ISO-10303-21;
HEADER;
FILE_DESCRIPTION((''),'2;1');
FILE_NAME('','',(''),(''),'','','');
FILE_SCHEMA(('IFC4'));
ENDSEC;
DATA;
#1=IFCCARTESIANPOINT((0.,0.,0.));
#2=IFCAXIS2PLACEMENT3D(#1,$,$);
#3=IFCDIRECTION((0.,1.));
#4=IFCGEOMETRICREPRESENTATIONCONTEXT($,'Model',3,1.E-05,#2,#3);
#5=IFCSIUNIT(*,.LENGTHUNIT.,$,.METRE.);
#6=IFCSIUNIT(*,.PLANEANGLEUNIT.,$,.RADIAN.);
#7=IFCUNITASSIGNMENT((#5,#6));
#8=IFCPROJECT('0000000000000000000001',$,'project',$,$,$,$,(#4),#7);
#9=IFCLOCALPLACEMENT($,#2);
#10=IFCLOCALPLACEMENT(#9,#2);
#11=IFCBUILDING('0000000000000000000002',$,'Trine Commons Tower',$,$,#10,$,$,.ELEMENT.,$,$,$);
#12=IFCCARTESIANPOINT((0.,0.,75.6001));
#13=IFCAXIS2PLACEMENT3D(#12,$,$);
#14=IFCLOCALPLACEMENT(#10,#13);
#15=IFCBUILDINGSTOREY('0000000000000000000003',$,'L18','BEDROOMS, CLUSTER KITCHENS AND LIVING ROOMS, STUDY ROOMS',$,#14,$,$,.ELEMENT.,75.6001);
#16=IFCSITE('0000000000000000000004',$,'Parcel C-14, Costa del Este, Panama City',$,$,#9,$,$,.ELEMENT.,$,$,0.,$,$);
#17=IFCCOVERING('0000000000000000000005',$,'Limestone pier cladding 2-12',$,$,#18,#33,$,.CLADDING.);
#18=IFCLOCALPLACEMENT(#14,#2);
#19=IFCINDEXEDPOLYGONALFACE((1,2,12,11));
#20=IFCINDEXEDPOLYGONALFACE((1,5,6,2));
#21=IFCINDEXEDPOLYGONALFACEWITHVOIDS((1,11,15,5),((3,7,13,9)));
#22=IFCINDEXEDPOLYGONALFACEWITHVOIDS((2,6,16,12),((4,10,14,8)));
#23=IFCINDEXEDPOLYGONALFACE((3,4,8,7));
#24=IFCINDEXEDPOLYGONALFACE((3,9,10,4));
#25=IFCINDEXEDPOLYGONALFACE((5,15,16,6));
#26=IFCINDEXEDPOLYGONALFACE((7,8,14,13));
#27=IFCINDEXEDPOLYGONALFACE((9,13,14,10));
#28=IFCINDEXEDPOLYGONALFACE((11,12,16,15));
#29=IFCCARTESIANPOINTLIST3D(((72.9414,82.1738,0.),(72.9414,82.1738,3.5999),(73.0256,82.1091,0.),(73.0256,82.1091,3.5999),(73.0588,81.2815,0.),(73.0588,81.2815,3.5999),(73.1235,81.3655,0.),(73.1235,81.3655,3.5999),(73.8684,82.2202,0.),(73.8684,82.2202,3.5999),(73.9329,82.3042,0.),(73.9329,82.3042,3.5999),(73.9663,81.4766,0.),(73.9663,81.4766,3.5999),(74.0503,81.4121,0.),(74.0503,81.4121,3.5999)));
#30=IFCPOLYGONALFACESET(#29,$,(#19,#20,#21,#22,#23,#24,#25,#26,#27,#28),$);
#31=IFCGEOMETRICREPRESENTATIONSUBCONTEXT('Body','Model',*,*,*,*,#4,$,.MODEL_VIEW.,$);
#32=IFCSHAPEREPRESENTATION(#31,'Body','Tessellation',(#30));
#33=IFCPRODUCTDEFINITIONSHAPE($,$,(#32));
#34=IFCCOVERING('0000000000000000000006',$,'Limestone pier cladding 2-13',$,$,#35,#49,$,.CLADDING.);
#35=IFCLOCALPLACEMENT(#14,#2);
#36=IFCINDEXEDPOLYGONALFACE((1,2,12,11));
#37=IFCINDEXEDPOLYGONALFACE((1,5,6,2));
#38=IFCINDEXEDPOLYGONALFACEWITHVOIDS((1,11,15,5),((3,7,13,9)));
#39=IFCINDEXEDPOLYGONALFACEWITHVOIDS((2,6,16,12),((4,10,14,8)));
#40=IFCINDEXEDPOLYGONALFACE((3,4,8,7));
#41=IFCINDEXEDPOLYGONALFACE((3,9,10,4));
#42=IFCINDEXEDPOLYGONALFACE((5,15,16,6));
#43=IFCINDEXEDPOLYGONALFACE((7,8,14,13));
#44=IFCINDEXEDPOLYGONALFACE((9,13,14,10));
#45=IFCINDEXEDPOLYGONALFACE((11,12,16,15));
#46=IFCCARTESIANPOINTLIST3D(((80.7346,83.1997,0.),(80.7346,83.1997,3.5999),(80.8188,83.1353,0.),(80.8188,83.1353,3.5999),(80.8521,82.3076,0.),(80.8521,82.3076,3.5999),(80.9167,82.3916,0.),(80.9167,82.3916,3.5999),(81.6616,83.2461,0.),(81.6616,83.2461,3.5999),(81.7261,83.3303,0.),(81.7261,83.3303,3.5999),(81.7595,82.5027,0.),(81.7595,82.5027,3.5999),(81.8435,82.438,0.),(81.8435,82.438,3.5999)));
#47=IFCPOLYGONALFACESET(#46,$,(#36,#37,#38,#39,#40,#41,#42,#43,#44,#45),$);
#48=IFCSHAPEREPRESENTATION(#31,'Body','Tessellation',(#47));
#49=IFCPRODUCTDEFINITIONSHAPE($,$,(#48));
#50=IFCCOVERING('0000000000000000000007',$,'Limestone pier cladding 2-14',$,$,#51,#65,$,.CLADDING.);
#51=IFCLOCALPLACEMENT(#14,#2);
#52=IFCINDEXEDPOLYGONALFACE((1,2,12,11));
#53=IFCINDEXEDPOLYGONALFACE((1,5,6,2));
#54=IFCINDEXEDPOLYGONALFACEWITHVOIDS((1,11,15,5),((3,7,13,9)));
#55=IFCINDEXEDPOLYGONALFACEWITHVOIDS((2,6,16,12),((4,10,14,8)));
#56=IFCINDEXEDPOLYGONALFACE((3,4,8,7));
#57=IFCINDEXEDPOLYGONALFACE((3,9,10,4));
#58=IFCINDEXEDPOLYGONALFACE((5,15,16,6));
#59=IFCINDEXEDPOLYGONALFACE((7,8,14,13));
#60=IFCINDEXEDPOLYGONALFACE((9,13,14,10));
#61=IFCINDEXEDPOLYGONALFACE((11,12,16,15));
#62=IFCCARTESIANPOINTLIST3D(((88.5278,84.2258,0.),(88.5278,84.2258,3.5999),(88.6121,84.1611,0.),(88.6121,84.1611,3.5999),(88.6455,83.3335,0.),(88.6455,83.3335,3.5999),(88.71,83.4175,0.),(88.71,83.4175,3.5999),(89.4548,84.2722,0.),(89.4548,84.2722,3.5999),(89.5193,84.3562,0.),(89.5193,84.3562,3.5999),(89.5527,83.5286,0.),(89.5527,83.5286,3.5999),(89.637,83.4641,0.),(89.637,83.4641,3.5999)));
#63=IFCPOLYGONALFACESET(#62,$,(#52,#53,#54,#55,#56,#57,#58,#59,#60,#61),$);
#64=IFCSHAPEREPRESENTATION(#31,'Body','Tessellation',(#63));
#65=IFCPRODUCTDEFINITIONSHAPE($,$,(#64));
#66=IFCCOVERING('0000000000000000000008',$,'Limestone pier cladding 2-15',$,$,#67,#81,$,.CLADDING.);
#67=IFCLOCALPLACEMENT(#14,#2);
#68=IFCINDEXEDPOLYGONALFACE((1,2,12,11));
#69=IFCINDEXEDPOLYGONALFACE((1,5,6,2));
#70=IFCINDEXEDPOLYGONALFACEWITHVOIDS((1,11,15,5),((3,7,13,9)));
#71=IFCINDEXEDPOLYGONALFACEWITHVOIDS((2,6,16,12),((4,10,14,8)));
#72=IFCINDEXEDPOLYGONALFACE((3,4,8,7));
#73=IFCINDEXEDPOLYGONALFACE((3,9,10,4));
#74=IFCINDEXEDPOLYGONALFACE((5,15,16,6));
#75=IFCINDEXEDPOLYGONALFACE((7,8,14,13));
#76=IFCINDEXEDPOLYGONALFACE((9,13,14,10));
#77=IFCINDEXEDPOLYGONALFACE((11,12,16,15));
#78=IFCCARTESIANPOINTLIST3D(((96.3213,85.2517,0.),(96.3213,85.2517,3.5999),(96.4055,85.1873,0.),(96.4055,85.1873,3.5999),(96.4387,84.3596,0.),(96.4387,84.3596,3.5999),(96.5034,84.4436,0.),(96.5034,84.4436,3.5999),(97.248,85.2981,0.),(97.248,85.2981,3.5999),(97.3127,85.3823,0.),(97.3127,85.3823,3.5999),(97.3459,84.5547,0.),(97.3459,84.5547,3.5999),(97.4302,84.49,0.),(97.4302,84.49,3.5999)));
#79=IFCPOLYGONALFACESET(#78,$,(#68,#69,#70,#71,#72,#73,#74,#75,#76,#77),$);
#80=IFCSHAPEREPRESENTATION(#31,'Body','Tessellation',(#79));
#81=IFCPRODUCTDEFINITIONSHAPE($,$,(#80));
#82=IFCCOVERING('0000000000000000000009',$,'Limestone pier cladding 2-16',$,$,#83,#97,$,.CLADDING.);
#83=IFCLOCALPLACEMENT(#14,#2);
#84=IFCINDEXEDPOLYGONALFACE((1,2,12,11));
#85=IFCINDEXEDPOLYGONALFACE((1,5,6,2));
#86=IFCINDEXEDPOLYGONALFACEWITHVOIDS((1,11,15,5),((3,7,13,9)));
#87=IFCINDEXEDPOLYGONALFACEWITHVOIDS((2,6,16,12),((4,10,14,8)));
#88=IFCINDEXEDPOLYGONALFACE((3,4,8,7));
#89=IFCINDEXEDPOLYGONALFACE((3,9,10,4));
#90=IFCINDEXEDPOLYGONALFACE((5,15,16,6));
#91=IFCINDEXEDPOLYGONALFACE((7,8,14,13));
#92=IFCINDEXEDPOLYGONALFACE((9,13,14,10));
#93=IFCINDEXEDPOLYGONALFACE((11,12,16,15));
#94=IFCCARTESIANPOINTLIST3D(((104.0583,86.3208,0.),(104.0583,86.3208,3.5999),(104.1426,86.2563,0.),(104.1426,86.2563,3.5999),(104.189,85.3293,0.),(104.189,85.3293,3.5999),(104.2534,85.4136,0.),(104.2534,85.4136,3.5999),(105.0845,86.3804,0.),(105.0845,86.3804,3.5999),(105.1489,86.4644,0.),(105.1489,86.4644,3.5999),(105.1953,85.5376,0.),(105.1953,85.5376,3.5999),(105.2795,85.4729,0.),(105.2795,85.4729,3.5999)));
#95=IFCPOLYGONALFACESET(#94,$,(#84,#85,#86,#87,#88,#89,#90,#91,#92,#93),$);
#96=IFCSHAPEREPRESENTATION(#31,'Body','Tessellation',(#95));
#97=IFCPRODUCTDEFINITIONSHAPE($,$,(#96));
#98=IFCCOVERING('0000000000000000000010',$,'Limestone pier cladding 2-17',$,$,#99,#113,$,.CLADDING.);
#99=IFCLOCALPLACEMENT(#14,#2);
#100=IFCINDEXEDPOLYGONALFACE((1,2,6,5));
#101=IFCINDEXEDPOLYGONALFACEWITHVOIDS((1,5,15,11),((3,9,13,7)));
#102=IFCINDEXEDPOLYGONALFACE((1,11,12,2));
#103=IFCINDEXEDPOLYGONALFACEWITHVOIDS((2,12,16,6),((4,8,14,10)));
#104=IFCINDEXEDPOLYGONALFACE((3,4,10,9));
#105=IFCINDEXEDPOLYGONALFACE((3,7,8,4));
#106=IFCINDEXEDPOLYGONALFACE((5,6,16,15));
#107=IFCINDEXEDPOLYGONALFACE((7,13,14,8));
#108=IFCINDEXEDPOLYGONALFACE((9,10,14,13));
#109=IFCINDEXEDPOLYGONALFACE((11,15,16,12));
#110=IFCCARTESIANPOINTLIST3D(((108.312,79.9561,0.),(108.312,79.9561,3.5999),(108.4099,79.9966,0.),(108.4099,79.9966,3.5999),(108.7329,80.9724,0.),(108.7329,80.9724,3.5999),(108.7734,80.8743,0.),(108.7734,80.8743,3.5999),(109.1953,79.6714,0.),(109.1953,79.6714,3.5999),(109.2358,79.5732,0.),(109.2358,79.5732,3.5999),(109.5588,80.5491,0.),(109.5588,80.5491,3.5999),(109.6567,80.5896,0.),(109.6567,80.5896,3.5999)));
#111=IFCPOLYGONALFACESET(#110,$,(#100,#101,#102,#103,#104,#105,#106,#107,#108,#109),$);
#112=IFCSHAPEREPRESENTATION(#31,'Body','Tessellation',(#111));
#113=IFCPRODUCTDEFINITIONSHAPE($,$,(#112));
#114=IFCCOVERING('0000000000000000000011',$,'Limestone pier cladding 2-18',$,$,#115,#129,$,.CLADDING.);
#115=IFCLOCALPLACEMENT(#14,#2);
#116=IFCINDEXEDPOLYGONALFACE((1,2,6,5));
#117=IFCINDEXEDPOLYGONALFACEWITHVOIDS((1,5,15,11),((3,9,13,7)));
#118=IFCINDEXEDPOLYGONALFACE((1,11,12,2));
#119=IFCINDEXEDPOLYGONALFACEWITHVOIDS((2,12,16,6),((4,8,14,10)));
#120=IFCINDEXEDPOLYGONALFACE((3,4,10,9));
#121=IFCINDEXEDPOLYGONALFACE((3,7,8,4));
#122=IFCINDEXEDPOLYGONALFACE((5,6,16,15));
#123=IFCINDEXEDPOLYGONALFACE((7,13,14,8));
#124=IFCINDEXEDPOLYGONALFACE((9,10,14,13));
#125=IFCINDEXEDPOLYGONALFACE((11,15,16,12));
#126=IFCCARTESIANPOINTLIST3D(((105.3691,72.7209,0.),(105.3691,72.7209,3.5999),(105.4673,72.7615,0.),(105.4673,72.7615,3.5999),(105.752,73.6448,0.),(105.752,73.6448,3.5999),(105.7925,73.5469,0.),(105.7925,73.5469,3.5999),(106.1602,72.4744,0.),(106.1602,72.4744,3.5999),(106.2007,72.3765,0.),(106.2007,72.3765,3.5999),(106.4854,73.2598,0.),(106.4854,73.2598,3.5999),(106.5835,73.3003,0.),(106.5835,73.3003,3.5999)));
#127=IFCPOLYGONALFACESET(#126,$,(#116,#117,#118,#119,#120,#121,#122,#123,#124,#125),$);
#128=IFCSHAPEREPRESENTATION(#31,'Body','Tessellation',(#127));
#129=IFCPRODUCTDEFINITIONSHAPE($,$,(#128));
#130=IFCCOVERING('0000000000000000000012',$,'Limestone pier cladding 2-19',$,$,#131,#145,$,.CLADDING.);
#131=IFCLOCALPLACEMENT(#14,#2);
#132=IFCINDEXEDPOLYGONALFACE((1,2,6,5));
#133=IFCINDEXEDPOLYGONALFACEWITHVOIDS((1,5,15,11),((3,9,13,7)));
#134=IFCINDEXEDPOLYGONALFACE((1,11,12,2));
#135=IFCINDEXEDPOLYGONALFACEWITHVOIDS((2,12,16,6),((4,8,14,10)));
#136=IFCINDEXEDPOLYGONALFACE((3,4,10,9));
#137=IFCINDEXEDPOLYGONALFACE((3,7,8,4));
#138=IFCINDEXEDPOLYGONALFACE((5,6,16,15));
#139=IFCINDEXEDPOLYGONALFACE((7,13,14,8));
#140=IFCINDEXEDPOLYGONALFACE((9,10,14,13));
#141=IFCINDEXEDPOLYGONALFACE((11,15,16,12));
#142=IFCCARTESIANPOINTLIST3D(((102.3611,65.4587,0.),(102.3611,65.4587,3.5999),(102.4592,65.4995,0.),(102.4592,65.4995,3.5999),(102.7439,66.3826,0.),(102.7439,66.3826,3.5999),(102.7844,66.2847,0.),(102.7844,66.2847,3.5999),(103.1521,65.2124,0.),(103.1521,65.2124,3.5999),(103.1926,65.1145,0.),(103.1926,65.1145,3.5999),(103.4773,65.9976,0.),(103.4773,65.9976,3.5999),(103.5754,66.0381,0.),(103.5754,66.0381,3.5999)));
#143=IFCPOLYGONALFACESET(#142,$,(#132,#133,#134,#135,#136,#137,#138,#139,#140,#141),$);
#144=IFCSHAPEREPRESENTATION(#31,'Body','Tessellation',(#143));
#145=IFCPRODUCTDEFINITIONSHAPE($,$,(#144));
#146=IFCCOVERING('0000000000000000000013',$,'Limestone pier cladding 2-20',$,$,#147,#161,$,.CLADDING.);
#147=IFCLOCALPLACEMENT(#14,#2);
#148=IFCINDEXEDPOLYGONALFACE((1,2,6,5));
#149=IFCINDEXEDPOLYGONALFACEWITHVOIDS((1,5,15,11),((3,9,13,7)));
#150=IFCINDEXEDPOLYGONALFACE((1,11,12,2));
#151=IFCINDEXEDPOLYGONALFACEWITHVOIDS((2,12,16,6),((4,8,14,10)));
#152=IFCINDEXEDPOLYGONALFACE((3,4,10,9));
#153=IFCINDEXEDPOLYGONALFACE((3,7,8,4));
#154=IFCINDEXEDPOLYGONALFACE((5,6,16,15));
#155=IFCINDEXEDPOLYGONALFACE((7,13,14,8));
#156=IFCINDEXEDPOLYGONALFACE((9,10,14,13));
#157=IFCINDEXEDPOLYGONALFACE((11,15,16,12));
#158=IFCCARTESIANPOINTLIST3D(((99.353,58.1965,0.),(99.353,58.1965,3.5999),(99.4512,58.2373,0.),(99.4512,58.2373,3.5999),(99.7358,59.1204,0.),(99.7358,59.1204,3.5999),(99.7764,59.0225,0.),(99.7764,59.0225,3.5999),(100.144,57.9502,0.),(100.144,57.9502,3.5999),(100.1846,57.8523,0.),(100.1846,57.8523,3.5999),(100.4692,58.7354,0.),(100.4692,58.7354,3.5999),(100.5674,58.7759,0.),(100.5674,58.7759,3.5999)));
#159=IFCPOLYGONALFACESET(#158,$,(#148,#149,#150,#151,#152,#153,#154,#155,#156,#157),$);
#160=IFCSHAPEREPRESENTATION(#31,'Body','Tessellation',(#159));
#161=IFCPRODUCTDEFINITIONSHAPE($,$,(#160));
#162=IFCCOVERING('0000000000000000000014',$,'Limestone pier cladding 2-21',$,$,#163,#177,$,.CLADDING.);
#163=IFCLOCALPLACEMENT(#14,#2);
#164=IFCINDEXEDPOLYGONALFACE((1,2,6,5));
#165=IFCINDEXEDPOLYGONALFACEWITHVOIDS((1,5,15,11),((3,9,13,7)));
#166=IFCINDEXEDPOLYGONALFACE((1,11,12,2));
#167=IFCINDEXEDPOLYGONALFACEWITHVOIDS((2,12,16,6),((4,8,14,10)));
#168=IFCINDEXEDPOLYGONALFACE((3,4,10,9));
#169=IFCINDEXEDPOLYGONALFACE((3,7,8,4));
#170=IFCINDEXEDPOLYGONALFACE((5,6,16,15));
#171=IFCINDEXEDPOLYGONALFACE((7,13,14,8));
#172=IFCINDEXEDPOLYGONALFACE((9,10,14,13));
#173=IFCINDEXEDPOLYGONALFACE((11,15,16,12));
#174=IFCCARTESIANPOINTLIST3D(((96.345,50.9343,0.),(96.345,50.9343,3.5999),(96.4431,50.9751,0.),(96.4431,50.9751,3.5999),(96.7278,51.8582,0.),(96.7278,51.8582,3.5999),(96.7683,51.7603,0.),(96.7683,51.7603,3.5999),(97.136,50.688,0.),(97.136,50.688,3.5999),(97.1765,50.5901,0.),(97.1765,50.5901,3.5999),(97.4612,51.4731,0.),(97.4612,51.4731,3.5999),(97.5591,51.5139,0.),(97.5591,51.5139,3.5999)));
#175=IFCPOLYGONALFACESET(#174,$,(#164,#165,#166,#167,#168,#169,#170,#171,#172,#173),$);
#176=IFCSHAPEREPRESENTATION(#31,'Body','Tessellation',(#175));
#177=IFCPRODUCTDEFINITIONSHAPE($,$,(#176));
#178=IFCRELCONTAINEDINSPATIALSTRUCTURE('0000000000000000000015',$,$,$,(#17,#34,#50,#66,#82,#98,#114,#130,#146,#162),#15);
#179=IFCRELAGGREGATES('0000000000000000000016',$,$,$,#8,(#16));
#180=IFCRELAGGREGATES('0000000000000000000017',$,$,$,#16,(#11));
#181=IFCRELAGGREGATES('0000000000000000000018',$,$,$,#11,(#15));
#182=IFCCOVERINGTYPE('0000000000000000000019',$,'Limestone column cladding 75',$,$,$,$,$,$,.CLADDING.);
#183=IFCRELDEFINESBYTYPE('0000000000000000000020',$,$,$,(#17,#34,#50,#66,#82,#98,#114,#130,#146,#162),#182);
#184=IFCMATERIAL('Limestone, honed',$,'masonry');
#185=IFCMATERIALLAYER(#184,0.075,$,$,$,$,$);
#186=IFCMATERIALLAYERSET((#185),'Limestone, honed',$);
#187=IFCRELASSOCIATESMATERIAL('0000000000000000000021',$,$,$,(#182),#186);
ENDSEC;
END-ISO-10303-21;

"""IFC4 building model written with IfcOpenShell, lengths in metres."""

from ifc_helpers import new_model, si_unit, direction, frame, origin, place, context, subcontext, project, spatial, polyline, outline, extrude, material, layer, layer_set, type_object, element, save


model = new_model("IFC4")

# Units and contexts
model_context = context("Model", 3, precision=1e-05, world=origin(), true_north=direction((0.0, 1.0)))
body_context = subcontext(model_context, "Body", "Model", "MODEL_VIEW")
ifc_project = project(units=[si_unit("LENGTHUNIT", "METRE"), si_unit("PLANEANGLEUNIT", "RADIAN")], contexts=[model_context])

# Site, building, storey
site_placement = place(None, origin())
site = spatial("IfcSite", under=ifc_project, at=site_placement, Name="Parcel C-14, Costa del Este, Panama City", CompositionType="ELEMENT", RefElevation=0.0)
building_placement = place(site_placement, origin())
building = spatial("IfcBuilding", under=site, at=building_placement, Name="Trine Commons Tower", CompositionType="ELEMENT")
storey_placement = place(building_placement, frame((0.0, 0.0, 75.6001)))
storey = spatial("IfcBuildingStorey", under=building, at=storey_placement, Name="L18", Description="BEDROOMS, CLUSTER KITCHENS AND LIVING ROOMS, STUDY ROOMS", CompositionType="ELEMENT", Elevation=75.6001)

# Coverings
ifc_material_1 = material(Name="Limestone, honed", Category="masonry")
ifc_layer_1 = layer(ifc_material_1, 0.075)
ifc_layer_set_1 = layer_set([ifc_layer_1], Name="Limestone, honed")
covering_type_1 = type_object("IfcCoveringType", Name="Limestone column cladding 75", PredefinedType="CLADDING", material=ifc_layer_set_1)
covering_1_placement = place(storey_placement, origin())
element("IfcCovering", 1, at=covering_1_placement, inside=storey, type_object=covering_type_1, Name="Limestone pier cladding 2-12", PredefinedType="CLADDING", context=body_context, shape_type="SweptSolid", body=[
    extrude(outline(polyline([(74.0503, 81.4121), (73.9329, 82.3042), (72.9414, 82.1738), (73.0588, 81.2815), (74.0503, 81.4121)]), holes=[polyline([(73.9663, 81.4766), (73.8684, 82.2202), (73.0256, 82.1091), (73.1235, 81.3655), (73.9663, 81.4766)])]), origin(), (0.0, 0.0, 1.0), 3.5999),
])
covering_2_placement = place(storey_placement, origin())
element("IfcCovering", 2, at=covering_2_placement, inside=storey, type_object=covering_type_1, Name="Limestone pier cladding 2-13", PredefinedType="CLADDING", context=body_context, shape_type="SweptSolid", body=[
    extrude(outline(polyline([(81.8435, 82.438), (81.7261, 83.3303), (80.7346, 83.1997), (80.8521, 82.3076), (81.8435, 82.438)]), holes=[polyline([(81.7595, 82.5027), (81.6616, 83.2461), (80.8188, 83.1353), (80.9167, 82.3916), (81.7595, 82.5027)])]), origin(), (0.0, 0.0, 1.0), 3.5999),
])
covering_3_placement = place(storey_placement, origin())
element("IfcCovering", 3, at=covering_3_placement, inside=storey, type_object=covering_type_1, Name="Limestone pier cladding 2-14", PredefinedType="CLADDING", context=body_context, shape_type="SweptSolid", body=[
    extrude(outline(polyline([(89.637, 83.4641), (89.5193, 84.3562), (88.5278, 84.2258), (88.6455, 83.3335), (89.637, 83.4641)]), holes=[polyline([(89.5527, 83.5286), (89.4548, 84.2722), (88.6121, 84.1611), (88.71, 83.4175), (89.5527, 83.5286)])]), origin(), (0.0, 0.0, 1.0), 3.5999),
])
covering_4_placement = place(storey_placement, origin())
element("IfcCovering", 4, at=covering_4_placement, inside=storey, type_object=covering_type_1, Name="Limestone pier cladding 2-15", PredefinedType="CLADDING", context=body_context, shape_type="SweptSolid", body=[
    extrude(outline(polyline([(97.4302, 84.49), (97.3127, 85.3823), (96.3213, 85.2517), (96.4387, 84.3596), (97.4302, 84.49)]), holes=[polyline([(97.3459, 84.5547), (97.248, 85.2981), (96.4055, 85.1873), (96.5034, 84.4436), (97.3459, 84.5547)])]), origin(), (0.0, 0.0, 1.0), 3.5999),
])
covering_5_placement = place(storey_placement, origin())
element("IfcCovering", 5, at=covering_5_placement, inside=storey, type_object=covering_type_1, Name="Limestone pier cladding 2-16", PredefinedType="CLADDING", context=body_context, shape_type="SweptSolid", body=[
    extrude(outline(polyline([(105.2795, 85.4729), (105.1489, 86.4644), (104.0583, 86.3208), (104.189, 85.3293), (105.2795, 85.4729)]), holes=[polyline([(105.1953, 85.5376), (105.0845, 86.3804), (104.1426, 86.2563), (104.2534, 85.4136), (105.1953, 85.5376)])]), origin(), (0.0, 0.0, 1.0), 3.5999),
])
covering_6_placement = place(storey_placement, origin())
element("IfcCovering", 6, at=covering_6_placement, inside=storey, type_object=covering_type_1, Name="Limestone pier cladding 2-17", PredefinedType="CLADDING", context=body_context, shape_type="SweptSolid", body=[
    extrude(outline(polyline([(109.6567, 80.5896), (108.7329, 80.9724), (108.312, 79.9561), (109.2358, 79.5732), (109.6567, 80.5896)]), holes=[polyline([(109.5588, 80.5491), (108.7734, 80.8743), (108.4099, 79.9966), (109.1953, 79.6714), (109.5588, 80.5491)])]), origin(), (0.0, 0.0, 1.0), 3.5999),
])
covering_7_placement = place(storey_placement, origin())
element("IfcCovering", 7, at=covering_7_placement, inside=storey, type_object=covering_type_1, Name="Limestone pier cladding 2-18", PredefinedType="CLADDING", context=body_context, shape_type="SweptSolid", body=[
    extrude(outline(polyline([(106.5835, 73.3003), (105.752, 73.6448), (105.3691, 72.7209), (106.2007, 72.3765), (106.5835, 73.3003)]), holes=[polyline([(106.4854, 73.2598), (105.7925, 73.5469), (105.4673, 72.7615), (106.1602, 72.4744), (106.4854, 73.2598)])]), origin(), (0.0, 0.0, 1.0), 3.5999),
])
covering_8_placement = place(storey_placement, origin())
element("IfcCovering", 8, at=covering_8_placement, inside=storey, type_object=covering_type_1, Name="Limestone pier cladding 2-19", PredefinedType="CLADDING", context=body_context, shape_type="SweptSolid", body=[
    extrude(outline(polyline([(103.5754, 66.0381), (102.7439, 66.3826), (102.3611, 65.4587), (103.1926, 65.1145), (103.5754, 66.0381)]), holes=[polyline([(103.4773, 65.9976), (102.7844, 66.2847), (102.4592, 65.4995), (103.1521, 65.2124), (103.4773, 65.9976)])]), origin(), (0.0, 0.0, 1.0), 3.5999),
])
covering_9_placement = place(storey_placement, origin())
element("IfcCovering", 9, at=covering_9_placement, inside=storey, type_object=covering_type_1, Name="Limestone pier cladding 2-20", PredefinedType="CLADDING", context=body_context, shape_type="SweptSolid", body=[
    extrude(outline(polyline([(100.5674, 58.7759), (99.7358, 59.1204), (99.353, 58.1965), (100.1846, 57.8523), (100.5674, 58.7759)]), holes=[polyline([(100.4692, 58.7354), (99.7764, 59.0225), (99.4512, 58.2373), (100.144, 57.9502), (100.4692, 58.7354)])]), origin(), (0.0, 0.0, 1.0), 3.5999),
])
covering_10_placement = place(storey_placement, origin())
element("IfcCovering", 10, at=covering_10_placement, inside=storey, type_object=covering_type_1, Name="Limestone pier cladding 2-21", PredefinedType="CLADDING", context=body_context, shape_type="SweptSolid", body=[
    extrude(outline(polyline([(97.5591, 51.5139), (96.7278, 51.8582), (96.345, 50.9343), (97.1765, 50.5901), (97.5591, 51.5139)]), holes=[polyline([(97.4612, 51.4731), (96.7683, 51.7603), (96.4431, 50.9751), (97.136, 50.688), (97.4612, 51.4731)])]), origin(), (0.0, 0.0, 1.0), 3.5999),
])

save(model, "model.ifc")
